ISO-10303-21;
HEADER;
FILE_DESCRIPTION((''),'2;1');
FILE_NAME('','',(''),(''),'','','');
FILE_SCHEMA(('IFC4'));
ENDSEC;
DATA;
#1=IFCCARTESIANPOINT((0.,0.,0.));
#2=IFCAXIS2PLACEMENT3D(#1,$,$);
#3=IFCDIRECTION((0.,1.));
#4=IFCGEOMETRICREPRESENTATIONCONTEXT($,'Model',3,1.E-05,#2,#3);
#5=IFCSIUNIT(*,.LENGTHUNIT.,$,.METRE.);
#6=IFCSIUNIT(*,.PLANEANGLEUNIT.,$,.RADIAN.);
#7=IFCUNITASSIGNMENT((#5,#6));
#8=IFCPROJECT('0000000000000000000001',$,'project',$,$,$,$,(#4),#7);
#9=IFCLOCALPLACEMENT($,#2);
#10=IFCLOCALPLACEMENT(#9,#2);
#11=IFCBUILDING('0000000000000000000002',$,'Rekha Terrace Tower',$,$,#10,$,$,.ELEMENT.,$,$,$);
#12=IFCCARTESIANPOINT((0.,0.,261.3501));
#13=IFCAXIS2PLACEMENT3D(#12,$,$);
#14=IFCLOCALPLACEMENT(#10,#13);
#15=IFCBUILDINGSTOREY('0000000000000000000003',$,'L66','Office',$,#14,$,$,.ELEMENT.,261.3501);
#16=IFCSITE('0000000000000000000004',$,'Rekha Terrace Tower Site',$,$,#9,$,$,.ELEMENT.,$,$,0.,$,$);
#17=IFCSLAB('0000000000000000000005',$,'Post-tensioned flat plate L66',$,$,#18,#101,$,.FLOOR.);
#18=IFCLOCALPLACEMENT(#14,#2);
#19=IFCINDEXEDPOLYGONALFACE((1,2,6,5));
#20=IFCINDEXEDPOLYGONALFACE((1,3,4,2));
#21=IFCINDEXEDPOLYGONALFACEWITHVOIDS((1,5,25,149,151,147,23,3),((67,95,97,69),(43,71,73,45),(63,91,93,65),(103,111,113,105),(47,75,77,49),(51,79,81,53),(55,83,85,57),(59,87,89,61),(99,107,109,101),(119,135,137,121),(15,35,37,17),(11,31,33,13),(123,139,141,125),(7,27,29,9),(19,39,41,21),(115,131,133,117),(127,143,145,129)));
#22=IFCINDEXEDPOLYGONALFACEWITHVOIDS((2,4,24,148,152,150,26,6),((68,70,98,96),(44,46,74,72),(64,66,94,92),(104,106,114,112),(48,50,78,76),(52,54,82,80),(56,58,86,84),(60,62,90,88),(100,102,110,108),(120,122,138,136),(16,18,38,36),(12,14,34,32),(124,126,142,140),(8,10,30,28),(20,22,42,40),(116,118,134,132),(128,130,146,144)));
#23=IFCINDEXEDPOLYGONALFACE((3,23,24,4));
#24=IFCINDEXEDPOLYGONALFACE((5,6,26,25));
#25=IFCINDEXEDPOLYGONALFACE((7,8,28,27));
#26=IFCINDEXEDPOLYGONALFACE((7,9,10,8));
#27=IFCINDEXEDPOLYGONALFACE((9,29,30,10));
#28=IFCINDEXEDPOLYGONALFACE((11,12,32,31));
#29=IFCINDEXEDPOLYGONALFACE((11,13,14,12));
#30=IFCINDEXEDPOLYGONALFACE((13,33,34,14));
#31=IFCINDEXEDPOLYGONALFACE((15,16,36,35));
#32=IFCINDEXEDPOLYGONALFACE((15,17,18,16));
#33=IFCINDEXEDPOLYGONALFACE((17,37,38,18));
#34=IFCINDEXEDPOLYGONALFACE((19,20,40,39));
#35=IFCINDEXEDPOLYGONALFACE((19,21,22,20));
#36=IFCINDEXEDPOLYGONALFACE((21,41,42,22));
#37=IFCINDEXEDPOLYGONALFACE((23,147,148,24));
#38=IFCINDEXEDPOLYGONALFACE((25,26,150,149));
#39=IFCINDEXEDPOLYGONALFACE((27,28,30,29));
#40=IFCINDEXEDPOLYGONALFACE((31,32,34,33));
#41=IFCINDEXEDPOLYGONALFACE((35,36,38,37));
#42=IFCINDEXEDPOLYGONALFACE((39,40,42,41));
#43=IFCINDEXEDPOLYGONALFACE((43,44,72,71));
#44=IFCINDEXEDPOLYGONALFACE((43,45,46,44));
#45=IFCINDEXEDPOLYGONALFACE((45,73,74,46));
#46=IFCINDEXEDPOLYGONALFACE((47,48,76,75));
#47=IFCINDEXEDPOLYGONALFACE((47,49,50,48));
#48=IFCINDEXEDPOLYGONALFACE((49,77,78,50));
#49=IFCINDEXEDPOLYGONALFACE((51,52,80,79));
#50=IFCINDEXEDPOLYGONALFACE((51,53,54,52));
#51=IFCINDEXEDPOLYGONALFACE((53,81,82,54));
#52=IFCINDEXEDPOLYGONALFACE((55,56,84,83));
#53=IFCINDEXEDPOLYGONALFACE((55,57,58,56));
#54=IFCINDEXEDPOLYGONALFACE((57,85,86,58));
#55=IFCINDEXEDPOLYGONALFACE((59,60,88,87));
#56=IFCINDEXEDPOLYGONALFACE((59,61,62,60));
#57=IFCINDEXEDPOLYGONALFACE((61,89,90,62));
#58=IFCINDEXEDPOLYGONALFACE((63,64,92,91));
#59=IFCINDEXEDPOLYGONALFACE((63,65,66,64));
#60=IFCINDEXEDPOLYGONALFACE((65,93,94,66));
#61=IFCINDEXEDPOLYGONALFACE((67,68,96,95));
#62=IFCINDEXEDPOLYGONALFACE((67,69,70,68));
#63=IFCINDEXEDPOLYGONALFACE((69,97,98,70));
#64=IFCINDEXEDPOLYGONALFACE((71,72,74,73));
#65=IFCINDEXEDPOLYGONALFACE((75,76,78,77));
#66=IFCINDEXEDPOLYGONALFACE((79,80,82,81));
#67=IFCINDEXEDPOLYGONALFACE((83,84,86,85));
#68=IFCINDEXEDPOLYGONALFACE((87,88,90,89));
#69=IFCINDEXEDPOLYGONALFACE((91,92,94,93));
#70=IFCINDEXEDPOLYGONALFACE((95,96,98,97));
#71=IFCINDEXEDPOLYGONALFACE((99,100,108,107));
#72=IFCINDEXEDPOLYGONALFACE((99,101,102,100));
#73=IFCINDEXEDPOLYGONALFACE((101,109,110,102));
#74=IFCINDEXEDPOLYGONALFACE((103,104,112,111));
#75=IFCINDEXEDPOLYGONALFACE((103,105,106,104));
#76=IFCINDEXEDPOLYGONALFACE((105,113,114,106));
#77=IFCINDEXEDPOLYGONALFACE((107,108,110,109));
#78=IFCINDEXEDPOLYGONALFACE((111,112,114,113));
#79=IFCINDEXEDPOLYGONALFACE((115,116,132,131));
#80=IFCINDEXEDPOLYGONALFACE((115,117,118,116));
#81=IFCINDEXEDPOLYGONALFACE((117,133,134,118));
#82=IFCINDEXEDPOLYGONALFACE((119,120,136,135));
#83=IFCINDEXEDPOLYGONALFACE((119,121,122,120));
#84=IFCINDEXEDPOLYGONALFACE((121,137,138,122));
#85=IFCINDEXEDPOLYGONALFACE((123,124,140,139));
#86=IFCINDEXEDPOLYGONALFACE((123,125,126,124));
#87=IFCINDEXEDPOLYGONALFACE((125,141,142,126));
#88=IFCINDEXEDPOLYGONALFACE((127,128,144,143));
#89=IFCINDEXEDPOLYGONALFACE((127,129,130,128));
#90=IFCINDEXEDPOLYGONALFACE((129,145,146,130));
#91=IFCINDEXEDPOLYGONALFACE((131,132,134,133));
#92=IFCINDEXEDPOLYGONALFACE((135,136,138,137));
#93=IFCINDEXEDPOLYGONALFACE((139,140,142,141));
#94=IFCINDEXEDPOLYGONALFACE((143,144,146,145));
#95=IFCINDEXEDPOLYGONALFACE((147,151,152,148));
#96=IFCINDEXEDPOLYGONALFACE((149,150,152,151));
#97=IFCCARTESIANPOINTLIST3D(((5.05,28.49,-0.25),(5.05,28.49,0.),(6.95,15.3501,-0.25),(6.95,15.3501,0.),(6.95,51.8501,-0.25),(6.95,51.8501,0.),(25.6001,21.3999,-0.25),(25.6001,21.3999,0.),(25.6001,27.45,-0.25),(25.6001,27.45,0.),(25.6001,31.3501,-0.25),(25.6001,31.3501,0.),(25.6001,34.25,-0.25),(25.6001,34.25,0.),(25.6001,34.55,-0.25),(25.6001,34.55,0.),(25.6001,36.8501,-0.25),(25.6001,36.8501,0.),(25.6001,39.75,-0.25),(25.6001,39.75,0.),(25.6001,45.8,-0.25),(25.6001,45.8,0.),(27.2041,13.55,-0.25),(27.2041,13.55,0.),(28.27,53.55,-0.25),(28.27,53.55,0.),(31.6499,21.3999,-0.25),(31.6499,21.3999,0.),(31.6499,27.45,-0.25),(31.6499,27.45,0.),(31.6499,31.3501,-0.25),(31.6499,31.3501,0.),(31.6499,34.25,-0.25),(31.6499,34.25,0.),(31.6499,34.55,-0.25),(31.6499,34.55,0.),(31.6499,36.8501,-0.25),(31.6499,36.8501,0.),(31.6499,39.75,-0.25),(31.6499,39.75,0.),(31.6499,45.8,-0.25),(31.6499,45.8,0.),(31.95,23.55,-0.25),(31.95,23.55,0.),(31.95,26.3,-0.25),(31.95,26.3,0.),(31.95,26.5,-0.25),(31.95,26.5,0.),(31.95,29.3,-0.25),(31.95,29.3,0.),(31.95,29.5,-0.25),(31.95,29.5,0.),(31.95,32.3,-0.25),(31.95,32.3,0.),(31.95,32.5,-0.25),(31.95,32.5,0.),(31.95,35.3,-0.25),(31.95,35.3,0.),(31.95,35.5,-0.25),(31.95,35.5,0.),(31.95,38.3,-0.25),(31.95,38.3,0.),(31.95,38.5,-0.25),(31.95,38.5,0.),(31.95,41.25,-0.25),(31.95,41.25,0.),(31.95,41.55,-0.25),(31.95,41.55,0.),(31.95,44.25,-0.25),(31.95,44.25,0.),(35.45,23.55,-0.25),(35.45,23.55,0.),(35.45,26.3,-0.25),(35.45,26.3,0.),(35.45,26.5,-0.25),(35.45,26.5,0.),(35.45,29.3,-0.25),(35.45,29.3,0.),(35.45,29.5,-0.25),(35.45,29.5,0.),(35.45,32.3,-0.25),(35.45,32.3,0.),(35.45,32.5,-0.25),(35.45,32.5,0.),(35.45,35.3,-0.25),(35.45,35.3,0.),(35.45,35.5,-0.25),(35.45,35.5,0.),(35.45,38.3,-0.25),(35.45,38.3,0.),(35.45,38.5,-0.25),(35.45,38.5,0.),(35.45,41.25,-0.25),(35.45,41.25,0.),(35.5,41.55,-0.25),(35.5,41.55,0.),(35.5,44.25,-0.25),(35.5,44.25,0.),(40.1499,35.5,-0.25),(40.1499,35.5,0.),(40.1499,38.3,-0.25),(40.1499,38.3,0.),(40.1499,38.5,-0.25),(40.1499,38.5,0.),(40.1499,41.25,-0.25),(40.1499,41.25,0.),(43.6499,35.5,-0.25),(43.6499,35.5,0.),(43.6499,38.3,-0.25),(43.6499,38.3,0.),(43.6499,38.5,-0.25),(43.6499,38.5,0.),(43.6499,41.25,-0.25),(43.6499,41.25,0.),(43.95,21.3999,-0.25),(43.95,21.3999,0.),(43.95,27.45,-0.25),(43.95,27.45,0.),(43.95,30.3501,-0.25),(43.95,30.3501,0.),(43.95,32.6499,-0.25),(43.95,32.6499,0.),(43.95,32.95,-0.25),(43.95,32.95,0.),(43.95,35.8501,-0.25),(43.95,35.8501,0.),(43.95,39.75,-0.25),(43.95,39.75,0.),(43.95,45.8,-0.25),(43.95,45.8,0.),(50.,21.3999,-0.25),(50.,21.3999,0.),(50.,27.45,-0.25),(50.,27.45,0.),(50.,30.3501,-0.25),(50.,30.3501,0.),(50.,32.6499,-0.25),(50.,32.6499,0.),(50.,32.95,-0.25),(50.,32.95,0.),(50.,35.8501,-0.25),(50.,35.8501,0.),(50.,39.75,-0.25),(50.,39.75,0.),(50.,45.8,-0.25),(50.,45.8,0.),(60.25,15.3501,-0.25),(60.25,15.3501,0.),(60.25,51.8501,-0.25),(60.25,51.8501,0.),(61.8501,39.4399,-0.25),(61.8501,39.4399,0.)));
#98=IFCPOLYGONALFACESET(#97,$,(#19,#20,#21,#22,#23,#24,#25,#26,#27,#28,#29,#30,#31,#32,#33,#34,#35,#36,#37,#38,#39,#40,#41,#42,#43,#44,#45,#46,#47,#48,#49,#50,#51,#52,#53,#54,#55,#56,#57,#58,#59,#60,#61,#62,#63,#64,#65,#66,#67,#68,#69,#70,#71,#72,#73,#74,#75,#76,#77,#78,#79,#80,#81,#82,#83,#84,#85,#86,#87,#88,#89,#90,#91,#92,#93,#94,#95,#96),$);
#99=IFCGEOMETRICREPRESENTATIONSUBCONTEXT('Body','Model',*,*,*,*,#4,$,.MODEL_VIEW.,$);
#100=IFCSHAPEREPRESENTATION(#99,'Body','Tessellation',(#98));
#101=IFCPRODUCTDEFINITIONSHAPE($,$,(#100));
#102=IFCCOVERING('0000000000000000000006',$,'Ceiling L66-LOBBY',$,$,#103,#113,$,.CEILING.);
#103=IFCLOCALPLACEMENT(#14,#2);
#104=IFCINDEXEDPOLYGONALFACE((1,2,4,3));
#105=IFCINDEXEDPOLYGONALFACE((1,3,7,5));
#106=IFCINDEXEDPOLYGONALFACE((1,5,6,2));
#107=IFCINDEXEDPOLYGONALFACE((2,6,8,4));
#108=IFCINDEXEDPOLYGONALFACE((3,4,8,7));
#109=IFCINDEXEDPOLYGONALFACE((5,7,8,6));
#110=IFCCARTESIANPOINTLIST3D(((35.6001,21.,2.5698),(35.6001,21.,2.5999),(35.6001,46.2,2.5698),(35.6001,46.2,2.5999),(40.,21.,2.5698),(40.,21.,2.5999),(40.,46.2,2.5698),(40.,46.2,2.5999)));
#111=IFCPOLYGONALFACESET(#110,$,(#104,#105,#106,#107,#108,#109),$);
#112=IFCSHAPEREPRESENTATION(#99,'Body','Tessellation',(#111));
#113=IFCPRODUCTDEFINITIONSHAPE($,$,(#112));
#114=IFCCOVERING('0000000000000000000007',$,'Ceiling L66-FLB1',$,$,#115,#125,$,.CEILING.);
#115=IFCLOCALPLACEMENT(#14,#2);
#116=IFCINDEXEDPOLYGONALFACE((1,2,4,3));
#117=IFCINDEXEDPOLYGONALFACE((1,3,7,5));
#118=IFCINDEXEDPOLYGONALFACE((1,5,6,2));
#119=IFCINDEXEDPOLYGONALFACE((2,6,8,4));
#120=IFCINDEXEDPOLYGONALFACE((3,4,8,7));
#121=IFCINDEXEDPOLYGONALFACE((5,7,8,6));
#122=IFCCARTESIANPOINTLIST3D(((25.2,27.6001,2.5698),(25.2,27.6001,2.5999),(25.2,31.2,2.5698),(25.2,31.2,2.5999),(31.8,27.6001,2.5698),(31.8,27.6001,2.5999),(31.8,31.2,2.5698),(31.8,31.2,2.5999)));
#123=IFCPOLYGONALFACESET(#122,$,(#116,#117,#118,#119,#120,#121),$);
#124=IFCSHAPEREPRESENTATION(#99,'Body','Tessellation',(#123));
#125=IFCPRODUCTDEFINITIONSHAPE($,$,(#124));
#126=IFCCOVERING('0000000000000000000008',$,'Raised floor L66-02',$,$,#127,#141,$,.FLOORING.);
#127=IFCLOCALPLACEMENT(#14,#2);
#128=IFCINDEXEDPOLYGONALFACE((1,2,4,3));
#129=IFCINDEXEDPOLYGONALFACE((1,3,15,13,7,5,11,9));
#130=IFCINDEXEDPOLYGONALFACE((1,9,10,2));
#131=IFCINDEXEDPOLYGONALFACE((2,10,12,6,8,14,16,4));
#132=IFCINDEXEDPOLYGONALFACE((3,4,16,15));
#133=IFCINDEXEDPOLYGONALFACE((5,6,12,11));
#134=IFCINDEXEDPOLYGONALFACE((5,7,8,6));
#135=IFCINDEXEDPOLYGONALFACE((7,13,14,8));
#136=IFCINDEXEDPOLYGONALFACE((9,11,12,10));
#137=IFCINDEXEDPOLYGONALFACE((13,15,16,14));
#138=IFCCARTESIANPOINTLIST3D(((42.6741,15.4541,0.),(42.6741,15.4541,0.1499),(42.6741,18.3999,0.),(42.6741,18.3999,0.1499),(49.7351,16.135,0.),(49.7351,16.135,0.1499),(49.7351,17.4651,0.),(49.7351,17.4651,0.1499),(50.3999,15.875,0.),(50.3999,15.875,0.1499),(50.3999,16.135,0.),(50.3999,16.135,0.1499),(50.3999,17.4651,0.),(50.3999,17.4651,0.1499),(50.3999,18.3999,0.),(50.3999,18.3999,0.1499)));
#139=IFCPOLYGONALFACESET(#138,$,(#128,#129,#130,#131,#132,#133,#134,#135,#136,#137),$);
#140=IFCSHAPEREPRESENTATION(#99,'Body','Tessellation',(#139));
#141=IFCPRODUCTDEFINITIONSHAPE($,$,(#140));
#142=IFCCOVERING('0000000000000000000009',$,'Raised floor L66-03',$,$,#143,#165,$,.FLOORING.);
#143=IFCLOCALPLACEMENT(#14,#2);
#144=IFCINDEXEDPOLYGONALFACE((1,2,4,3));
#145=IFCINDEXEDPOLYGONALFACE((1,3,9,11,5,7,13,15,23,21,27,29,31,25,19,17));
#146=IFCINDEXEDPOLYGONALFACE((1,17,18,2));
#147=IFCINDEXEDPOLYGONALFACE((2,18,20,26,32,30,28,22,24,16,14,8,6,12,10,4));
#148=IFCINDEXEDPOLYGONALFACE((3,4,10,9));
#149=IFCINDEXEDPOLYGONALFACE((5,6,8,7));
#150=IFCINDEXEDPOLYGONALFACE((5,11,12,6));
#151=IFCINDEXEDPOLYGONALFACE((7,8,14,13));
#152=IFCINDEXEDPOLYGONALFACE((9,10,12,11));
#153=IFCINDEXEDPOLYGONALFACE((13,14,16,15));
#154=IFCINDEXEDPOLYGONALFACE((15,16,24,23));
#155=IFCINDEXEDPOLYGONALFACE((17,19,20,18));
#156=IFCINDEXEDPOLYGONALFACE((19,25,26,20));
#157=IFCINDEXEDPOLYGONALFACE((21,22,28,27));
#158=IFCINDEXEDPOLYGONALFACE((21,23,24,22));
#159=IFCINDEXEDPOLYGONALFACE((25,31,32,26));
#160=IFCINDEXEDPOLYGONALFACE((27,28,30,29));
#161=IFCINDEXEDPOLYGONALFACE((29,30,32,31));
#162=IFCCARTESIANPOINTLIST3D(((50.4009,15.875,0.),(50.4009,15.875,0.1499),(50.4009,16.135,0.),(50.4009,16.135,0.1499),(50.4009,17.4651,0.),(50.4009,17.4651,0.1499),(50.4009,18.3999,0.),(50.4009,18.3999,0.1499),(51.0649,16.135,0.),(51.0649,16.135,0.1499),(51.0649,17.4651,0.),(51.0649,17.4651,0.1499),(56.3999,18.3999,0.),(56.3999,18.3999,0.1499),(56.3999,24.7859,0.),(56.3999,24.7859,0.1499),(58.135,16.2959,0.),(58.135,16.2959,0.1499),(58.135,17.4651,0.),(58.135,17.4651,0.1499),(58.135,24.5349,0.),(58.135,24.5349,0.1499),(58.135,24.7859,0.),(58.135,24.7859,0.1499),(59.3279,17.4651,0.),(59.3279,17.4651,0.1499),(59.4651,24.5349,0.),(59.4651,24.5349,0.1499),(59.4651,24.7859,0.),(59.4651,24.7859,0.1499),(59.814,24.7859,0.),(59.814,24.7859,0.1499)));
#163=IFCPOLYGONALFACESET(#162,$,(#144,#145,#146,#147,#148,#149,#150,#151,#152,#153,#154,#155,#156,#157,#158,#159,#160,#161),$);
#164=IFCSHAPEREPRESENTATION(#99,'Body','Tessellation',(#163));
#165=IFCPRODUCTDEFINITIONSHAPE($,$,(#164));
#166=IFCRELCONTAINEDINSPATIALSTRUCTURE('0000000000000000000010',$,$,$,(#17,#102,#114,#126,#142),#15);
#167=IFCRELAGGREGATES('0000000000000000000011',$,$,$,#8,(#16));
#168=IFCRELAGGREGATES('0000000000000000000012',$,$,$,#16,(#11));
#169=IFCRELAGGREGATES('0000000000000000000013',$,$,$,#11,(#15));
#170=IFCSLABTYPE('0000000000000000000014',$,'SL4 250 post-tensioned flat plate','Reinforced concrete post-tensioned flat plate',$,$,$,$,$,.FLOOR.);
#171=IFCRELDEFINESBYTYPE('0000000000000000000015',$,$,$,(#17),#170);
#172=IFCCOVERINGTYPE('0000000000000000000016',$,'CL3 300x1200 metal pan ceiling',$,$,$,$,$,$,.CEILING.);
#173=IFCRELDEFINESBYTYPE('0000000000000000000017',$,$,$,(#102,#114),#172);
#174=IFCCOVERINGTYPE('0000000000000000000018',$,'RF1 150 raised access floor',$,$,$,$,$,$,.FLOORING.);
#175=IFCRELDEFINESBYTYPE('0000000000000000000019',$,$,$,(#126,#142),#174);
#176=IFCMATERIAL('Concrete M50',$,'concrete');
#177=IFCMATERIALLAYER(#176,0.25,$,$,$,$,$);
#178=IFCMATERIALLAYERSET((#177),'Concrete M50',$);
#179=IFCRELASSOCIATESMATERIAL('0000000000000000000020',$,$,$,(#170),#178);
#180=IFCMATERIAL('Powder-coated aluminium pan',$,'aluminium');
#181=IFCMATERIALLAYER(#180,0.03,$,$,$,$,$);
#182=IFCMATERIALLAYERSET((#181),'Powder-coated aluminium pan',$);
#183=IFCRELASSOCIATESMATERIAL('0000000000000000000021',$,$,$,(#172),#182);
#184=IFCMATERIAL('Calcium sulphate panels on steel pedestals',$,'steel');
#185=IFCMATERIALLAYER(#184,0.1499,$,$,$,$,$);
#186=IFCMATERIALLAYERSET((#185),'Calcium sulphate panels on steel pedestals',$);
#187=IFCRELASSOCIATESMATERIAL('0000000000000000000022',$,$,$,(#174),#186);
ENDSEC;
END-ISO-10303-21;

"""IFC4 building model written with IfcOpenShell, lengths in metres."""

from ifc_helpers import new_model, si_unit, direction, frame, origin, place, context, subcontext, project, spatial, polyline, outline, extrude, material, layer, layer_set, type_object, element, save


model = new_model("IFC4")

# Units and contexts
model_context = context("Model", 3, precision=1e-05, world=origin(), true_north=direction((0.0, 1.0)))
body_context = subcontext(model_context, "Body", "Model", "MODEL_VIEW")
ifc_project = project(units=[si_unit("LENGTHUNIT", "METRE"), si_unit("PLANEANGLEUNIT", "RADIAN")], contexts=[model_context])

# Site, building, storey
site_placement = place(None, origin())
site = spatial("IfcSite", under=ifc_project, at=site_placement, Name="Rekha Terrace Tower Site", CompositionType="ELEMENT", RefElevation=0.0)
building_placement = place(site_placement, origin())
building = spatial("IfcBuilding", under=site, at=building_placement, Name="Rekha Terrace Tower", CompositionType="ELEMENT")
storey_placement = place(building_placement, frame((0.0, 0.0, 261.3501)))
storey = spatial("IfcBuildingStorey", under=building, at=storey_placement, Name="L66", Description="Office", CompositionType="ELEMENT", Elevation=261.3501)

# Slab
ifc_material_1 = material(Name="Concrete M50", Category="concrete")
ifc_layer_1 = layer(ifc_material_1, 0.25)
ifc_layer_set_1 = layer_set([ifc_layer_1], Name="Concrete M50")
slab_type_1 = type_object("IfcSlabType", Name="SL4 250 post-tensioned flat plate", Description="Reinforced concrete post-tensioned flat plate", PredefinedType="FLOOR", material=ifc_layer_set_1)
slab_1_placement = place(storey_placement, frame((0.0, 0.0, -0.25)))
element("IfcSlab", 1, at=slab_1_placement, inside=storey, type_object=slab_type_1, Name="Post-tensioned flat plate L66", PredefinedType="FLOOR", context=body_context, shape_type="SweptSolid", body=[
    extrude(outline(polyline([(5.05, 28.49), (6.95, 15.3501), (27.2041, 13.55), (60.25, 15.3501), (61.8501, 39.4399), (60.25, 51.8501), (28.27, 53.55), (6.95, 51.8501), (5.05, 28.49)]), holes=[polyline([(31.6499, 27.45), (31.6499, 21.3999), (25.6001, 21.3999), (25.6001, 27.45), (31.6499, 27.45)]), polyline([(35.45, 26.3), (35.45, 23.55), (31.95, 23.55), (31.95, 26.3), (35.45, 26.3)]), polyline([(35.45, 29.3), (35.45, 26.5), (31.95, 26.5), (31.95, 29.3), (35.45, 29.3)]), polyline([(35.45, 32.3), (35.45, 29.5), (31.95, 29.5), (31.95, 32.3), (35.45, 32.3)]), polyline([(31.6499, 34.25), (31.6499, 31.3501), (25.6001, 31.3501), (25.6001, 34.25), (31.6499, 34.25)]), polyline([(35.45, 35.3), (35.45, 32.5), (31.95, 32.5), (31.95, 35.3), (35.45, 35.3)]), polyline([(31.6499, 36.8501), (31.6499, 34.55), (25.6001, 34.55), (25.6001, 36.8501), (31.6499, 36.8501)]), polyline([(35.45, 38.3), (35.45, 35.5), (31.95, 35.5), (31.95, 38.3), (35.45, 38.3)]), polyline([(31.6499, 45.8), (31.6499, 39.75), (25.6001, 39.75), (25.6001, 45.8), (31.6499, 45.8)]), polyline([(50.0, 27.45), (50.0, 21.3999), (43.95, 21.3999), (43.95, 27.45), (50.0, 27.45)]), polyline([(50.0, 32.6499), (50.0, 30.3501), (43.95, 30.3501), (43.95, 32.6499), (50.0, 32.6499)]), polyline([(50.0, 35.8501), (50.0, 32.95), (43.95, 32.95), (43.95, 35.8501), (50.0, 35.8501)]), polyline([(43.6499, 38.3), (43.6499, 35.5), (40.1499, 35.5), (40.1499, 38.3), (43.6499, 38.3)]), polyline([(35.45, 41.25), (35.45, 38.5), (31.95, 38.5), (31.95, 41.25), (35.45, 41.25)]), polyline([(43.6499, 41.25), (43.6499, 38.5), (40.1499, 38.5), (40.1499, 41.25), (43.6499, 41.25)]), polyline([(50.0, 39.75), (43.95, 39.75), (43.95, 45.8), (50.0, 45.8), (50.0, 39.75)]), polyline([(35.5, 41.55), (31.95, 41.55), (31.95, 44.25), (35.5, 44.25), (35.5, 41.55)])]), origin(), (0.0, 0.0, 1.0), 0.25),
])

# Coverings
ifc_material_2 = material(Name="Powder-coated aluminium pan", Category="aluminium")
ifc_layer_2 = layer(ifc_material_2, 0.03)
ifc_layer_set_2 = layer_set([ifc_layer_2], Name="Powder-coated aluminium pan")
covering_type_1 = type_object("IfcCoveringType", Name="CL3 300x1200 metal pan ceiling", PredefinedType="CEILING", material=ifc_layer_set_2)
covering_1_placement = place(storey_placement, frame((0.0, 0.0, 2.5698)))
element("IfcCovering", 2, at=covering_1_placement, inside=storey, type_object=covering_type_1, Name="Ceiling L66-LOBBY", PredefinedType="CEILING", context=body_context, shape_type="SweptSolid", body=[
    extrude(outline(polyline([(40.0, 46.2), (35.6001, 46.2), (35.6001, 21.0), (40.0, 21.0), (40.0, 46.2)])), origin(), (0.0, 0.0, 1.0), 0.03),
])
covering_2_placement = place(storey_placement, frame((0.0, 0.0, 2.5698)))
element("IfcCovering", 3, at=covering_2_placement, inside=storey, type_object=covering_type_1, Name="Ceiling L66-FLB1", PredefinedType="CEILING", context=body_context, shape_type="SweptSolid", body=[
    extrude(outline(polyline([(31.8, 31.2), (25.2, 31.2), (25.2, 27.6001), (31.8, 27.6001), (31.8, 31.2)])), origin(), (0.0, 0.0, 1.0), 0.03),
])
ifc_material_3 = material(Name="Calcium sulphate panels on steel pedestals", Category="steel")
ifc_layer_3 = layer(ifc_material_3, 0.1499)
ifc_layer_set_3 = layer_set([ifc_layer_3], Name="Calcium sulphate panels on steel pedestals")
covering_type_2 = type_object("IfcCoveringType", Name="RF1 150 raised access floor", PredefinedType="FLOORING", material=ifc_layer_set_3)
covering_3_placement = place(storey_placement, origin())
element("IfcCovering", 4, at=covering_3_placement, inside=storey, type_object=covering_type_2, Name="Raised floor L66-02", PredefinedType="FLOORING", context=body_context, shape_type="SweptSolid", body=[
    extrude(outline(polyline([(49.7351, 17.4651), (50.3999, 17.4651), (50.3999, 18.3999), (42.6741, 18.3999), (42.6741, 15.4541), (50.3999, 15.875), (50.3999, 16.135), (49.7351, 16.135), (49.7351, 17.4651)])), origin(), (0.0, 0.0, 1.0), 0.1499),
])
covering_4_placement = place(storey_placement, origin())
element("IfcCovering", 5, at=covering_4_placement, inside=storey, type_object=covering_type_2, Name="Raised floor L66-03", PredefinedType="FLOORING", context=body_context, shape_type="SweptSolid", body=[
    extrude(outline(polyline([(58.135, 24.5349), (58.135, 24.7859), (56.3999, 24.7859), (56.3999, 18.3999), (50.4009, 18.3999), (50.4009, 17.4651), (51.0649, 17.4651), (51.0649, 16.135), (50.4009, 16.135), (50.4009, 15.875), (58.135, 16.2959), (58.135, 17.4651), (59.3279, 17.4651), (59.814, 24.7859), (59.4651, 24.7859), (59.4651, 24.5349), (58.135, 24.5349)])), origin(), (0.0, 0.0, 1.0), 0.1499),
])

save(model, "model.ifc")
